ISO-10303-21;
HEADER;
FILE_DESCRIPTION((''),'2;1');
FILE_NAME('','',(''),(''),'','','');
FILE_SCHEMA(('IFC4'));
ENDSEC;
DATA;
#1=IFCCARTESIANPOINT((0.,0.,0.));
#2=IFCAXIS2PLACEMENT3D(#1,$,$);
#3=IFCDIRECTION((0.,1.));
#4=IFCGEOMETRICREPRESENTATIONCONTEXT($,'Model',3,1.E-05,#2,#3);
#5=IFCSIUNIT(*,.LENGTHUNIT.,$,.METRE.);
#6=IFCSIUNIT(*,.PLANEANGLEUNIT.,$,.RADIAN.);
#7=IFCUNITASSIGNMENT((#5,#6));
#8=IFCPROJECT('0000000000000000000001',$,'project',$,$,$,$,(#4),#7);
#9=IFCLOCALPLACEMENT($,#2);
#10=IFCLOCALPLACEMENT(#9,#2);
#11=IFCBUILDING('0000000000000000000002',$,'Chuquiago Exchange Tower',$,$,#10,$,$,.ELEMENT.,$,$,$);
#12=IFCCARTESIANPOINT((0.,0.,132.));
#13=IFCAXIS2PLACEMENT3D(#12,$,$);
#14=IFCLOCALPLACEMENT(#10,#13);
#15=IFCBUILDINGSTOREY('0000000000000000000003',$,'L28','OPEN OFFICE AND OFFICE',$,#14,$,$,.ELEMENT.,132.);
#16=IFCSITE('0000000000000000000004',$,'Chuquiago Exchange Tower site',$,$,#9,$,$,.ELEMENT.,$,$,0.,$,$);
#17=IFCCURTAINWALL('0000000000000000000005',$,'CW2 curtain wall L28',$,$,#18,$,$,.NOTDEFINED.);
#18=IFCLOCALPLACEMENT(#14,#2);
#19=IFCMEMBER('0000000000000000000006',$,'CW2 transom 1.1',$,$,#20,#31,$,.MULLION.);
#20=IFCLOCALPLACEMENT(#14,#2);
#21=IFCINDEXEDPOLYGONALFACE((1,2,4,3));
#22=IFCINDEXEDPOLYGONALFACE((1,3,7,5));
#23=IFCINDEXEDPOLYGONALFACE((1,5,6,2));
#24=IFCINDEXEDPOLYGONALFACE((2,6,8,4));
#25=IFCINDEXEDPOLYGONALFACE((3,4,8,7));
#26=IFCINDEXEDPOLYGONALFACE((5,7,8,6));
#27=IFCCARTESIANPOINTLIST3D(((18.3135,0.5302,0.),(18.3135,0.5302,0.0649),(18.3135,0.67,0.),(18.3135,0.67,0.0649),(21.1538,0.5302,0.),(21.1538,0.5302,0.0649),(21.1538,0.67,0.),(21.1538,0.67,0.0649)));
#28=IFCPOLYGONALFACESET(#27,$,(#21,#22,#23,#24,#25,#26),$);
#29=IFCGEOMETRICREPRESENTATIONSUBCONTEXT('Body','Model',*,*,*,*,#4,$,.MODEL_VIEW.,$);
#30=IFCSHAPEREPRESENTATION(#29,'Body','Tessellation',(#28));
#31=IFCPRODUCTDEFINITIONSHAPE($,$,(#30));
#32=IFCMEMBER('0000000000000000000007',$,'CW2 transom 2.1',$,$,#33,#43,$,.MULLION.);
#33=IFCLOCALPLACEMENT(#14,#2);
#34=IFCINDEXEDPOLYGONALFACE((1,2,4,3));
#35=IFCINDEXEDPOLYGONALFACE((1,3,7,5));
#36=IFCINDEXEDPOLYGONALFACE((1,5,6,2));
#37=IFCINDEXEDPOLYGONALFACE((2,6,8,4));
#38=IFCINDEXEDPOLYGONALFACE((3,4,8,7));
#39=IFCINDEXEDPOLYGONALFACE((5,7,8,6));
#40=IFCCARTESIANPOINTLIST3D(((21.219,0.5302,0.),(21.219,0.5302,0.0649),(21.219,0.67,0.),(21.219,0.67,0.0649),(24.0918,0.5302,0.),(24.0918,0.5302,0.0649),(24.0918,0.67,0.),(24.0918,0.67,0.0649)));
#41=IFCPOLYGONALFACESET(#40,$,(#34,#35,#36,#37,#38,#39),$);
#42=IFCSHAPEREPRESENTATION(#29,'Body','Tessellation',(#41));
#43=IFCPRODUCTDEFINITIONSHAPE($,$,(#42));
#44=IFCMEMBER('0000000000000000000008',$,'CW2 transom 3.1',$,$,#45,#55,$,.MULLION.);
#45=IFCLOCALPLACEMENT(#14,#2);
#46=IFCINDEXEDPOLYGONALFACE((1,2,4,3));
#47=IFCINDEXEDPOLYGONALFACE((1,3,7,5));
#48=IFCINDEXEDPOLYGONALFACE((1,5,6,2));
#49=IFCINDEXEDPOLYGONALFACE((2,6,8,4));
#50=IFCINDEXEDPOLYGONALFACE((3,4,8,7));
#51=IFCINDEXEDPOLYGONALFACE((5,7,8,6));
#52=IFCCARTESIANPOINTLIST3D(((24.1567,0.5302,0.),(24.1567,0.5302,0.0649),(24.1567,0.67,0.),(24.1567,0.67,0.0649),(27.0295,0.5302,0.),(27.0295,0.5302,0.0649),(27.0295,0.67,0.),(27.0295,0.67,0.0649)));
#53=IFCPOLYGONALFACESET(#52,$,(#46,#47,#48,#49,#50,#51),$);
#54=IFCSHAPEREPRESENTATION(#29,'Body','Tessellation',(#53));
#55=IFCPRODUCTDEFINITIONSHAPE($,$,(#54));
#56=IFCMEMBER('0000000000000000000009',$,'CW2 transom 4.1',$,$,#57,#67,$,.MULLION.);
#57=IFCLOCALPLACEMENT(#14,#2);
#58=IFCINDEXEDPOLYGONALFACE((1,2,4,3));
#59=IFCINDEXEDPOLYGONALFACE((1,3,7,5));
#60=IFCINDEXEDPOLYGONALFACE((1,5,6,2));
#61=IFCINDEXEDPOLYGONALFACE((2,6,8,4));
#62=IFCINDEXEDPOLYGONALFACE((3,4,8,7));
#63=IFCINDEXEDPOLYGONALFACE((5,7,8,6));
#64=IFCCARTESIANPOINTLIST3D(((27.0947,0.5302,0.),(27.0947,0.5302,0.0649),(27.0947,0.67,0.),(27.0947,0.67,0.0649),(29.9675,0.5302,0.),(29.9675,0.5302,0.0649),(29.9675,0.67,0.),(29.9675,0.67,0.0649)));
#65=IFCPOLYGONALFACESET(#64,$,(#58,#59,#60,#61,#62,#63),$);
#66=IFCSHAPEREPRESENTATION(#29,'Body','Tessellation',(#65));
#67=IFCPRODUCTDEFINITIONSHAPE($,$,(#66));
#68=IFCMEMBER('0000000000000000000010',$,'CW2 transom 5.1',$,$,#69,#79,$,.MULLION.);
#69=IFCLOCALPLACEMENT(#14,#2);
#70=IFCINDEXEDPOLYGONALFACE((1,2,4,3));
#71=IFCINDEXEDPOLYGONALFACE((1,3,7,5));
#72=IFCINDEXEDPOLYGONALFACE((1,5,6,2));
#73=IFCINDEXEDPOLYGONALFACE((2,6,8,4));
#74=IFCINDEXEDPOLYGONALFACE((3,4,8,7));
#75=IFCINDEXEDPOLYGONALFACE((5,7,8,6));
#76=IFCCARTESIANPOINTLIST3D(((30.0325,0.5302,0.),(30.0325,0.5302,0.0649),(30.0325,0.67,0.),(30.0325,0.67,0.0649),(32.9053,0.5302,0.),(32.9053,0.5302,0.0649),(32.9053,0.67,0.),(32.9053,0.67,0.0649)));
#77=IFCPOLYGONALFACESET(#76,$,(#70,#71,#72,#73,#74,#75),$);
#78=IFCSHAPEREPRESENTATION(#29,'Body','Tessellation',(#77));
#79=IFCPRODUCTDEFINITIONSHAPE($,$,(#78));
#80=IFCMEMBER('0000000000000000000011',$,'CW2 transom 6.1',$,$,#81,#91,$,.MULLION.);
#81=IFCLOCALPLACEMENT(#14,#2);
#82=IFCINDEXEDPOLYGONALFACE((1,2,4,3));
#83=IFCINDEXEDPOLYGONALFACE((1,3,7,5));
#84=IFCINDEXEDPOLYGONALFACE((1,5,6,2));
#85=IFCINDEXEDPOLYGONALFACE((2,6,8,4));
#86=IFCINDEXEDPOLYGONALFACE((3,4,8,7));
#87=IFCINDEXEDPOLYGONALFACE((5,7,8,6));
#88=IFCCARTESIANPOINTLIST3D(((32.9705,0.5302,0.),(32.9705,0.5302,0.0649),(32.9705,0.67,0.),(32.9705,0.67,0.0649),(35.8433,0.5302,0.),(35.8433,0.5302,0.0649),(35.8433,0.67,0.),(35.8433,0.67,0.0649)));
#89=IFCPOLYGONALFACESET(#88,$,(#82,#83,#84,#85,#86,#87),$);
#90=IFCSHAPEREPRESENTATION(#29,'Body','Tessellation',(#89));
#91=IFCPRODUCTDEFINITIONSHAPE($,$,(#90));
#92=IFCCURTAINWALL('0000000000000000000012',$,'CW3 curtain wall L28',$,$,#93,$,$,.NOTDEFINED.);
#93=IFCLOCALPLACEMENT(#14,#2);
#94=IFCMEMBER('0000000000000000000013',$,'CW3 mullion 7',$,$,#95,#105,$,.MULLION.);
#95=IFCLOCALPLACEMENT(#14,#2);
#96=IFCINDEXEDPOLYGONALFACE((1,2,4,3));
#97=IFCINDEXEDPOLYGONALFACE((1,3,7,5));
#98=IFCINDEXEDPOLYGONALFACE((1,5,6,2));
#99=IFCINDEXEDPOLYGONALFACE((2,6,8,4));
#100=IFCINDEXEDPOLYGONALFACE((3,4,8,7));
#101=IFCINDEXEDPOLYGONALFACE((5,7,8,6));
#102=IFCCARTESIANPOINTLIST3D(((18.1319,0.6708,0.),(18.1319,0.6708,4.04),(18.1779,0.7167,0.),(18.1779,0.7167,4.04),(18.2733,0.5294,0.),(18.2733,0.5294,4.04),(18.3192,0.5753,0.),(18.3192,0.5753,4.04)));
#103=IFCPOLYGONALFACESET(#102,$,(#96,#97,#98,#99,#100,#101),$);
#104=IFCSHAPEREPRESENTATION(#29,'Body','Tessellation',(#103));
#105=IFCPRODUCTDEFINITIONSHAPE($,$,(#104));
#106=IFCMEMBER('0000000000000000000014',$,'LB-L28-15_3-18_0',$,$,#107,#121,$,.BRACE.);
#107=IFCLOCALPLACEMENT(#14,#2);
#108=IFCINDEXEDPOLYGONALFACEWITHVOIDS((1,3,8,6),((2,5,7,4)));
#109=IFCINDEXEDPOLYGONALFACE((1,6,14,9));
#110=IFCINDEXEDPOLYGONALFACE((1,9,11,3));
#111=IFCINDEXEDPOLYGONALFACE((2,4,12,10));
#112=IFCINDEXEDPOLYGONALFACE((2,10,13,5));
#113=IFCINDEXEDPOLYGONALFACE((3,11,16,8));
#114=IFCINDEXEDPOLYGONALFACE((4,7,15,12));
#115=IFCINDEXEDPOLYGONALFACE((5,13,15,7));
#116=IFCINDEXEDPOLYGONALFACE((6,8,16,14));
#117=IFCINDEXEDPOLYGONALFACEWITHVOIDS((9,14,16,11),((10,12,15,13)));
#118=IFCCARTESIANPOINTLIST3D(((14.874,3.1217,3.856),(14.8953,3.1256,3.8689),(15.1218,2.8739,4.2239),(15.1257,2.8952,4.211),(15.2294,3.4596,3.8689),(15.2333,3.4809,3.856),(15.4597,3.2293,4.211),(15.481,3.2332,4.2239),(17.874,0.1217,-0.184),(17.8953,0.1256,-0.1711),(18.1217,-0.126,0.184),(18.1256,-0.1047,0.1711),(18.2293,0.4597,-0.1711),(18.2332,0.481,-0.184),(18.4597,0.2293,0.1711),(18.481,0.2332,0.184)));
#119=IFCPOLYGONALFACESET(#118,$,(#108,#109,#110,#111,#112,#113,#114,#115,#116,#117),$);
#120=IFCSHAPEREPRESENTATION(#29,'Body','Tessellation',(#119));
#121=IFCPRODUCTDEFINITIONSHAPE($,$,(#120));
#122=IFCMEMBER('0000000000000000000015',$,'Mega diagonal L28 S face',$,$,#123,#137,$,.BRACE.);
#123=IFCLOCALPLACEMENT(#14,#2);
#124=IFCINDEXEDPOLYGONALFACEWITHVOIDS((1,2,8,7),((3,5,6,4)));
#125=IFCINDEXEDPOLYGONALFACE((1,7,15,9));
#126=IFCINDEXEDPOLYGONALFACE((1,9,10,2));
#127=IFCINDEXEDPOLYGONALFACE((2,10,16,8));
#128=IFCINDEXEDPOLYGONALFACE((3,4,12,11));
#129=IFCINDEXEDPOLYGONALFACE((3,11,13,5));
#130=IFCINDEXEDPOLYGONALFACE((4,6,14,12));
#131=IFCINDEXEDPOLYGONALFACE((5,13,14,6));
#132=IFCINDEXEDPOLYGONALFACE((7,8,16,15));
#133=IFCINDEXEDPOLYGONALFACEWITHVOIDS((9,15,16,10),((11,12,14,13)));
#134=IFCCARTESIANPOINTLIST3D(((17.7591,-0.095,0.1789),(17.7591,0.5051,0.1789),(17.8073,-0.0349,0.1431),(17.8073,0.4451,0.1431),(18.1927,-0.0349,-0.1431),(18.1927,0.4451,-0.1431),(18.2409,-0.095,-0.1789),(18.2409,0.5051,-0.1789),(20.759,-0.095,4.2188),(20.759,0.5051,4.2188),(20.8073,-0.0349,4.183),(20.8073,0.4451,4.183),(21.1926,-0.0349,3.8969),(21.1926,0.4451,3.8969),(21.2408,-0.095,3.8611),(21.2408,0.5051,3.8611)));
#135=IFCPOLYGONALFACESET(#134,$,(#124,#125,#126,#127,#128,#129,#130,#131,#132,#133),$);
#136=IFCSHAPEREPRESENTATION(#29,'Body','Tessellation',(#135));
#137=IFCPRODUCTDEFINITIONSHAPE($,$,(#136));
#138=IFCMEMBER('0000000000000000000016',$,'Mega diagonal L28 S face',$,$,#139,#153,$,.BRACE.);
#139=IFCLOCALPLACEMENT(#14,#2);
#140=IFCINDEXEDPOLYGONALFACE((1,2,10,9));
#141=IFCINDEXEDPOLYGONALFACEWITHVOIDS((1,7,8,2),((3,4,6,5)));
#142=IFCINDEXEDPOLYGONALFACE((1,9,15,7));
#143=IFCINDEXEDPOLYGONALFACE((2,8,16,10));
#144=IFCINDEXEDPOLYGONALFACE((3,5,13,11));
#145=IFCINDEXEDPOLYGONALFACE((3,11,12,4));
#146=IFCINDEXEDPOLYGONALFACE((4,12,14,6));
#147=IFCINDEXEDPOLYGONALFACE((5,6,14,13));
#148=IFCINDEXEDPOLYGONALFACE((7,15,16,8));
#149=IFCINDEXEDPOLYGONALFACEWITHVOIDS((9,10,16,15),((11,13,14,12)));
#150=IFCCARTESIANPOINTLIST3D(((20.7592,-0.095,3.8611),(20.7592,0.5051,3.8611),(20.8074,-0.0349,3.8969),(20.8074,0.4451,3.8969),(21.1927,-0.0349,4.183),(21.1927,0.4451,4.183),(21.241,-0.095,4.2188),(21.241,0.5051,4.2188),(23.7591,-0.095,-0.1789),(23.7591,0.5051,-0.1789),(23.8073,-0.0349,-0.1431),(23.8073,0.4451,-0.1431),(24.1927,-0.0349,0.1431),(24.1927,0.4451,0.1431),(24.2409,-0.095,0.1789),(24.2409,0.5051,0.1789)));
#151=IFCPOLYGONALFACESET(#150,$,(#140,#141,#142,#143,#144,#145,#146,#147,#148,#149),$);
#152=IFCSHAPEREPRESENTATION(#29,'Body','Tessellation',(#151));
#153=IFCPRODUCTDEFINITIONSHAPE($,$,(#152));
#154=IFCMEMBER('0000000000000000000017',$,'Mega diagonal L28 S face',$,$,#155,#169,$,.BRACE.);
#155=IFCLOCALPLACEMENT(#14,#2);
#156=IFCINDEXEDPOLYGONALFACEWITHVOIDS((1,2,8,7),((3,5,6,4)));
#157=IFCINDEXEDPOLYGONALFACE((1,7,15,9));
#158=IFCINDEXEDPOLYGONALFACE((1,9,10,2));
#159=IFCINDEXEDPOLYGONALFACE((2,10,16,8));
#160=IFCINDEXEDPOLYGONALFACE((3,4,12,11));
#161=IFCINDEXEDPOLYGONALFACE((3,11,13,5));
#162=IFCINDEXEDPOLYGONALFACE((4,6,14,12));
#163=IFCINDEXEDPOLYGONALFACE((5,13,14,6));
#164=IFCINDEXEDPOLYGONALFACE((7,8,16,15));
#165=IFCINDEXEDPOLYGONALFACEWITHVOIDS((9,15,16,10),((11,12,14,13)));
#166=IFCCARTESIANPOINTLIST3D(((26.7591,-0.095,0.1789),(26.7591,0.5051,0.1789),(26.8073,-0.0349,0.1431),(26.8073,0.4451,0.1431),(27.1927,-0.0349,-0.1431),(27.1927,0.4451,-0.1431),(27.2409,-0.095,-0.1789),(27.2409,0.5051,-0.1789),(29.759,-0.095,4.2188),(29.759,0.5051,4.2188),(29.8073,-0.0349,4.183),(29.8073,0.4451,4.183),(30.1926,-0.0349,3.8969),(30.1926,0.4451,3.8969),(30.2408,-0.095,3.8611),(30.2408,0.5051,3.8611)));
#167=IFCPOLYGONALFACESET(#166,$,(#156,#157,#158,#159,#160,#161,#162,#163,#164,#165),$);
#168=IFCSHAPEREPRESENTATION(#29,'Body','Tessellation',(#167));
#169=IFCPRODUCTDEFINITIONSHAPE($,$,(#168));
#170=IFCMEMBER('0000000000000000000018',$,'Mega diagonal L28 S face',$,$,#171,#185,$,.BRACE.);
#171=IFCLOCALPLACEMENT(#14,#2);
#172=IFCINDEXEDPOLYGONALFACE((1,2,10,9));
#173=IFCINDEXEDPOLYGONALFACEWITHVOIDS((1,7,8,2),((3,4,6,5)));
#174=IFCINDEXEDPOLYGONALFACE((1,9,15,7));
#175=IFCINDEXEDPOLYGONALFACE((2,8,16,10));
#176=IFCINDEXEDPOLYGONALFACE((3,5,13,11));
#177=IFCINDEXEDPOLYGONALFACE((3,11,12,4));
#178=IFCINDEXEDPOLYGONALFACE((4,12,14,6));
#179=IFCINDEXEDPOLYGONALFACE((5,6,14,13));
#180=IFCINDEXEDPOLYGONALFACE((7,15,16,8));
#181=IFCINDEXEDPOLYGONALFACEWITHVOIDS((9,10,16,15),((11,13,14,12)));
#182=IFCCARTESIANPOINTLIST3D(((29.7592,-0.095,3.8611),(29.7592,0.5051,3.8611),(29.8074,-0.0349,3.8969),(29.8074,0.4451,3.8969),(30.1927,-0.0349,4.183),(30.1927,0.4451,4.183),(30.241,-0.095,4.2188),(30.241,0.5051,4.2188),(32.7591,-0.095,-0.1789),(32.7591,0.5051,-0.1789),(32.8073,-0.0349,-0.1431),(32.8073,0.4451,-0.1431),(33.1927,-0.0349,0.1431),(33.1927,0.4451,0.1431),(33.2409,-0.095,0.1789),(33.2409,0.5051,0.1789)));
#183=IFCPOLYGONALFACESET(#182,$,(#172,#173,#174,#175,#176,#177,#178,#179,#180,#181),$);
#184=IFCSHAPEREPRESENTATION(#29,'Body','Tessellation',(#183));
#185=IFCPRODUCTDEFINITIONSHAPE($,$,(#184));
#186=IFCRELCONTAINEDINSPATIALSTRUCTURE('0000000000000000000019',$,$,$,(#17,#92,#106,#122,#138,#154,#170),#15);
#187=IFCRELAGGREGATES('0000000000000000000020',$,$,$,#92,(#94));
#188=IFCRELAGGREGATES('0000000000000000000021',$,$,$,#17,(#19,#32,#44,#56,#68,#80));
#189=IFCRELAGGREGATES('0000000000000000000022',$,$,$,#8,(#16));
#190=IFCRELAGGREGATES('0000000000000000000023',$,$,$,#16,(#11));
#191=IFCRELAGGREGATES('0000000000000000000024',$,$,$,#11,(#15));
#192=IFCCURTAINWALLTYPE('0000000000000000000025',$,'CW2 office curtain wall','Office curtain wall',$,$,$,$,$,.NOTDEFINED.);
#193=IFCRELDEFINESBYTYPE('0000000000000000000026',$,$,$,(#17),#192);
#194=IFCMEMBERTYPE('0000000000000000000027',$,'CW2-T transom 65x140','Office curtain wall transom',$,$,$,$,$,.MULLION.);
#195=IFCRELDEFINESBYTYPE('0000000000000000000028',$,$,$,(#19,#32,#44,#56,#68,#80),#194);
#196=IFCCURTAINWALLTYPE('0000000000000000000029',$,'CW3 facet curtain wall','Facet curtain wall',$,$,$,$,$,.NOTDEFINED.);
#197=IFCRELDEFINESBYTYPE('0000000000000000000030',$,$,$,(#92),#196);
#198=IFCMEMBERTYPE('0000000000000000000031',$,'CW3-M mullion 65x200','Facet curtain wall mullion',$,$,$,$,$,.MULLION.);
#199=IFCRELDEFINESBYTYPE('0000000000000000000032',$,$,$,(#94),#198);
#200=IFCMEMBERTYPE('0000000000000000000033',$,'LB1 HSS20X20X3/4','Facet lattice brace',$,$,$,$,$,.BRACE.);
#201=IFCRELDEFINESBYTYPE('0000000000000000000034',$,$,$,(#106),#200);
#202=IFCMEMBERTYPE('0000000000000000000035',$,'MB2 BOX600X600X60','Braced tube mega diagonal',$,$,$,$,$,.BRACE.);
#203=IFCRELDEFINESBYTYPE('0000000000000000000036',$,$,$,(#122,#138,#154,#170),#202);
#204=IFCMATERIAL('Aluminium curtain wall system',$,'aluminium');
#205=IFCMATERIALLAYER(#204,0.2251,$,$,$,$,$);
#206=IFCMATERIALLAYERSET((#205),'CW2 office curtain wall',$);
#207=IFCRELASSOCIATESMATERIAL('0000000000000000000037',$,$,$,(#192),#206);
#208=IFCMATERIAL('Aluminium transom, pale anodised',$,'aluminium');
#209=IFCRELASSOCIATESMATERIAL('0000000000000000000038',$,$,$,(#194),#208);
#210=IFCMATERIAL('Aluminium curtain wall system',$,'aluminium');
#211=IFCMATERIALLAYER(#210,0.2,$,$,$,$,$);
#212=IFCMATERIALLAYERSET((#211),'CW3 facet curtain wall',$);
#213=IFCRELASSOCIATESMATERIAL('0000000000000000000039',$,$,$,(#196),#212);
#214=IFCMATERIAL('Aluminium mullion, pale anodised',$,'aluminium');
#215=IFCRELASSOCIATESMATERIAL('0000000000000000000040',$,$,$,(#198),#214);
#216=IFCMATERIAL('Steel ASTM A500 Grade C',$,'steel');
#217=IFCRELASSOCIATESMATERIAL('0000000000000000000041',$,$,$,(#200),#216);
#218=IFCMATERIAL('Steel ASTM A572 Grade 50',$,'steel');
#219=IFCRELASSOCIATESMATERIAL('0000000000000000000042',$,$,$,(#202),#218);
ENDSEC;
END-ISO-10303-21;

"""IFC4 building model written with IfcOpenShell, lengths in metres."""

from ifc_helpers import new_model, si_unit, direction, frame, origin, origin_2d, place, context, subcontext, project, spatial, rectangle, hollow_rectangle, extrude, material, layer, layer_set, material_profile, profile_set, type_object, element, aggregate, save


model = new_model("IFC4")

# Units and contexts
model_context = context("Model", 3, precision=1e-05, world=origin(), true_north=direction((0.0, 1.0)))
body_context = subcontext(model_context, "Body", "Model", "MODEL_VIEW")
ifc_project = project(units=[si_unit("LENGTHUNIT", "METRE"), si_unit("PLANEANGLEUNIT", "RADIAN")], contexts=[model_context])

# Site, building, storey
site_placement = place(None, origin())
site = spatial("IfcSite", under=ifc_project, at=site_placement, Name="Chuquiago Exchange Tower site", CompositionType="ELEMENT", RefElevation=0.0)
building_placement = place(site_placement, origin())
building = spatial("IfcBuilding", under=site, at=building_placement, Name="Chuquiago Exchange Tower", CompositionType="ELEMENT")
storey_placement = place(building_placement, frame((0.0, 0.0, 132.0)))
storey = spatial("IfcBuildingStorey", under=building, at=storey_placement, Name="L28", Description="OPEN OFFICE AND OFFICE", CompositionType="ELEMENT", Elevation=132.0)

# Curtain wall, members
ifc_material_1 = material(Name="Aluminium curtain wall system", Category="aluminium")
ifc_layer_1 = layer(ifc_material_1, 0.2251)
ifc_layer_set_1 = layer_set([ifc_layer_1], Name="CW2 office curtain wall")
curtain_wall_type_1 = type_object("IfcCurtainWallType", Name="CW2 office curtain wall", Description="Office curtain wall", PredefinedType="NOTDEFINED", material=ifc_layer_set_1)
curtain_wall_1_placement = place(storey_placement, origin())
curtain_wall_1 = element("IfcCurtainWall", 1, at=curtain_wall_1_placement, inside=storey, type_object=curtain_wall_type_1, Name="CW2 curtain wall L28", PredefinedType="NOTDEFINED")
ifc_material_2 = material(Name="Aluminium transom, pale anodised", Category="aluminium")
ifc_material_profile_1 = material_profile(ifc_material_2, rectangle(XDim=0.1399, YDim=0.0649, at=origin_2d()), Name="AL 140x65")
ifc_profile_set_1 = profile_set([ifc_material_profile_1], Name="Aluminium transom, pale anodised")
member_type_1 = type_object("IfcMemberType", Name="CW2-T transom 65x140", Description="Office curtain wall transom", PredefinedType="MULLION", material=ifc_profile_set_1)
member_1_placement = place(storey_placement, frame((18.3135, 0.6001, 0.0325), z_axis=(1.0, 0.0, 0.0), x_axis=(0.0, 1.0, 0.0)))
member_1 = element("IfcMember", 2, at=member_1_placement, type_object=member_type_1, Name="CW2 transom 1.1", PredefinedType="MULLION", context=body_context, shape_type="SweptSolid", body=[
    extrude(rectangle(XDim=0.1399, YDim=0.0649, at=origin_2d()), origin(), (0.0, 0.0, 1.0), 2.8403),
])
member_2_placement = place(storey_placement, frame((21.219, 0.6001, 0.0325), z_axis=(1.0, 0.0, 0.0), x_axis=(0.0, 1.0, 0.0)))
member_2 = element("IfcMember", 3, at=member_2_placement, type_object=member_type_1, Name="CW2 transom 2.1", PredefinedType="MULLION", context=body_context, shape_type="SweptSolid", body=[
    extrude(rectangle(XDim=0.1399, YDim=0.0649, at=origin_2d()), origin(), (0.0, 0.0, 1.0), 2.8728),
])
member_3_placement = place(storey_placement, frame((24.1567, 0.6001, 0.0325), z_axis=(1.0, 0.0, 0.0), x_axis=(0.0, 1.0, 0.0)))
member_3 = element("IfcMember", 4, at=member_3_placement, type_object=member_type_1, Name="CW2 transom 3.1", PredefinedType="MULLION", context=body_context, shape_type="SweptSolid", body=[
    extrude(rectangle(XDim=0.1399, YDim=0.0649, at=origin_2d()), origin(), (0.0, 0.0, 1.0), 2.8728),
])
member_4_placement = place(storey_placement, frame((27.0947, 0.6001, 0.0325), z_axis=(1.0, 0.0, 0.0), x_axis=(0.0, 1.0, 0.0)))
member_4 = element("IfcMember", 5, at=member_4_placement, type_object=member_type_1, Name="CW2 transom 4.1", PredefinedType="MULLION", context=body_context, shape_type="SweptSolid", body=[
    extrude(rectangle(XDim=0.1399, YDim=0.0649, at=origin_2d()), origin(), (0.0, 0.0, 1.0), 2.8728),
])
member_5_placement = place(storey_placement, frame((30.0325, 0.6001, 0.0325), z_axis=(1.0, 0.0, 0.0), x_axis=(0.0, 1.0, 0.0)))
member_5 = element("IfcMember", 6, at=member_5_placement, type_object=member_type_1, Name="CW2 transom 5.1", PredefinedType="MULLION", context=body_context, shape_type="SweptSolid", body=[
    extrude(rectangle(XDim=0.1399, YDim=0.0649, at=origin_2d()), origin(), (0.0, 0.0, 1.0), 2.8728),
])
member_6_placement = place(storey_placement, frame((32.9705, 0.6001, 0.0325), z_axis=(1.0, 0.0, 0.0), x_axis=(0.0, 1.0, 0.0)))
member_6 = element("IfcMember", 7, at=member_6_placement, type_object=member_type_1, Name="CW2 transom 6.1", PredefinedType="MULLION", context=body_context, shape_type="SweptSolid", body=[
    extrude(rectangle(XDim=0.1399, YDim=0.0649, at=origin_2d()), origin(), (0.0, 0.0, 1.0), 2.8728),
])

# Curtain wall, member
ifc_material_3 = material(Name="Aluminium curtain wall system", Category="aluminium")
ifc_layer_2 = layer(ifc_material_3, 0.2)
ifc_layer_set_2 = layer_set([ifc_layer_2], Name="CW3 facet curtain wall")
curtain_wall_type_2 = type_object("IfcCurtainWallType", Name="CW3 facet curtain wall", Description="Facet curtain wall", PredefinedType="NOTDEFINED", material=ifc_layer_set_2)
curtain_wall_2_placement = place(storey_placement, origin())
curtain_wall_2 = element("IfcCurtainWall", 8, at=curtain_wall_2_placement, inside=storey, type_object=curtain_wall_type_2, Name="CW3 curtain wall L28", PredefinedType="NOTDEFINED")
ifc_material_4 = material(Name="Aluminium mullion, pale anodised", Category="aluminium")
ifc_material_profile_2 = material_profile(ifc_material_4, rectangle(XDim=0.0649, YDim=0.2, at=origin_2d()), Name="AL 65x200")
ifc_profile_set_2 = profile_set([ifc_material_profile_2], Name="Aluminium mullion, pale anodised")
member_type_2 = type_object("IfcMemberType", Name="CW3-M mullion 65x200", Description="Facet curtain wall mullion", PredefinedType="MULLION", material=ifc_profile_set_2)
member_7_placement = place(storey_placement, frame((18.2256, 0.623, 0.0), z_axis=(0.0, 0.0, 1.0), x_axis=(0.707107, 0.707107, 0.0)))
member_7 = element("IfcMember", 9, at=member_7_placement, type_object=member_type_2, Name="CW3 mullion 7", PredefinedType="MULLION", context=body_context, shape_type="SweptSolid", body=[
    extrude(rectangle(XDim=0.0649, YDim=0.2, at=origin_2d()), origin(), (0.0, 0.0, 1.0), 4.04),
])
aggregate(curtain_wall_2, [member_7])

# Members
ifc_material_5 = material(Name="Steel ASTM A500 Grade C", Category="steel")
ifc_material_profile_3 = material_profile(ifc_material_5, hollow_rectangle(XDim=0.5081, YDim=0.5081, WallThickness=0.0178, at=origin_2d()), Name="HSS20X20X3/4")
ifc_profile_set_3 = profile_set([ifc_material_profile_3], Name="Steel ASTM A500 Grade C")
member_type_3 = type_object("IfcMemberType", Name="LB1 HSS20X20X3/4", Description="Facet lattice brace", PredefinedType="BRACE", material=ifc_profile_set_3)
member_8_placement = place(storey_placement, frame((18.1775, 0.1775, 0.0), z_axis=(-0.512077, 0.512077, 0.689604), x_axis=(-0.707107, -0.707107, 0.0)))
element("IfcMember", 10, at=member_8_placement, inside=storey, type_object=member_type_3, Name="LB-L28-15_3-18_0", PredefinedType="BRACE", context=body_context, shape_type="SweptSolid", body=[
    extrude(hollow_rectangle(XDim=0.5081, YDim=0.5081, WallThickness=0.0178, at=origin_2d()), origin(), (0.0, 0.0, 1.0), 5.8584),
])
ifc_material_6 = material(Name="Steel ASTM A572 Grade 50", Category="steel")
ifc_material_profile_4 = material_profile(ifc_material_6, hollow_rectangle(XDim=0.6001, YDim=0.6001, WallThickness=0.0601, at=origin_2d()), Name="BOX600X600X60")
ifc_profile_set_4 = profile_set([ifc_material_profile_4], Name="Steel ASTM A572 Grade 50")
member_type_4 = type_object("IfcMemberType", Name="MB2 BOX600X600X60", Description="Braced tube mega diagonal", PredefinedType="BRACE", material=ifc_profile_set_4)
for number, where, z_axis, x_axis, name in (
    (11, (18.0, 0.2051, 0.0), (0.596174, 0.0, 0.802855), (0.0, 1.0, 0.0), "Mega diagonal L28 S face"),
    (12, (24.0, 0.2051, 0.0), (-0.596174, 0.0, 0.802855), (0.0, -1.0, 0.0), "Mega diagonal L28 S face"),
    (13, (27.0, 0.2051, 0.0), (0.596174, 0.0, 0.802855), (0.0, 1.0, 0.0), "Mega diagonal L28 S face"),
    (14, (33.0, 0.2051, 0.0), (-0.596174, 0.0, 0.802855), (0.0, -1.0, 0.0), "Mega diagonal L28 S face"),
):
    element("IfcMember", number, at=place(storey_placement, frame(where, z_axis=z_axis, x_axis=x_axis)), inside=storey, type_object=member_type_4, Name=name, PredefinedType="BRACE", context=body_context, shape_type="SweptSolid", body=[
        extrude(hollow_rectangle(XDim=0.6001, YDim=0.6001, WallThickness=0.0601, at=origin_2d()), origin(), (0.0, 0.0, 1.0), 5.032),
    ])

aggregate(curtain_wall_1, [member_1, member_2, member_3, member_4, member_5, member_6])

save(model, "model.ifc")
